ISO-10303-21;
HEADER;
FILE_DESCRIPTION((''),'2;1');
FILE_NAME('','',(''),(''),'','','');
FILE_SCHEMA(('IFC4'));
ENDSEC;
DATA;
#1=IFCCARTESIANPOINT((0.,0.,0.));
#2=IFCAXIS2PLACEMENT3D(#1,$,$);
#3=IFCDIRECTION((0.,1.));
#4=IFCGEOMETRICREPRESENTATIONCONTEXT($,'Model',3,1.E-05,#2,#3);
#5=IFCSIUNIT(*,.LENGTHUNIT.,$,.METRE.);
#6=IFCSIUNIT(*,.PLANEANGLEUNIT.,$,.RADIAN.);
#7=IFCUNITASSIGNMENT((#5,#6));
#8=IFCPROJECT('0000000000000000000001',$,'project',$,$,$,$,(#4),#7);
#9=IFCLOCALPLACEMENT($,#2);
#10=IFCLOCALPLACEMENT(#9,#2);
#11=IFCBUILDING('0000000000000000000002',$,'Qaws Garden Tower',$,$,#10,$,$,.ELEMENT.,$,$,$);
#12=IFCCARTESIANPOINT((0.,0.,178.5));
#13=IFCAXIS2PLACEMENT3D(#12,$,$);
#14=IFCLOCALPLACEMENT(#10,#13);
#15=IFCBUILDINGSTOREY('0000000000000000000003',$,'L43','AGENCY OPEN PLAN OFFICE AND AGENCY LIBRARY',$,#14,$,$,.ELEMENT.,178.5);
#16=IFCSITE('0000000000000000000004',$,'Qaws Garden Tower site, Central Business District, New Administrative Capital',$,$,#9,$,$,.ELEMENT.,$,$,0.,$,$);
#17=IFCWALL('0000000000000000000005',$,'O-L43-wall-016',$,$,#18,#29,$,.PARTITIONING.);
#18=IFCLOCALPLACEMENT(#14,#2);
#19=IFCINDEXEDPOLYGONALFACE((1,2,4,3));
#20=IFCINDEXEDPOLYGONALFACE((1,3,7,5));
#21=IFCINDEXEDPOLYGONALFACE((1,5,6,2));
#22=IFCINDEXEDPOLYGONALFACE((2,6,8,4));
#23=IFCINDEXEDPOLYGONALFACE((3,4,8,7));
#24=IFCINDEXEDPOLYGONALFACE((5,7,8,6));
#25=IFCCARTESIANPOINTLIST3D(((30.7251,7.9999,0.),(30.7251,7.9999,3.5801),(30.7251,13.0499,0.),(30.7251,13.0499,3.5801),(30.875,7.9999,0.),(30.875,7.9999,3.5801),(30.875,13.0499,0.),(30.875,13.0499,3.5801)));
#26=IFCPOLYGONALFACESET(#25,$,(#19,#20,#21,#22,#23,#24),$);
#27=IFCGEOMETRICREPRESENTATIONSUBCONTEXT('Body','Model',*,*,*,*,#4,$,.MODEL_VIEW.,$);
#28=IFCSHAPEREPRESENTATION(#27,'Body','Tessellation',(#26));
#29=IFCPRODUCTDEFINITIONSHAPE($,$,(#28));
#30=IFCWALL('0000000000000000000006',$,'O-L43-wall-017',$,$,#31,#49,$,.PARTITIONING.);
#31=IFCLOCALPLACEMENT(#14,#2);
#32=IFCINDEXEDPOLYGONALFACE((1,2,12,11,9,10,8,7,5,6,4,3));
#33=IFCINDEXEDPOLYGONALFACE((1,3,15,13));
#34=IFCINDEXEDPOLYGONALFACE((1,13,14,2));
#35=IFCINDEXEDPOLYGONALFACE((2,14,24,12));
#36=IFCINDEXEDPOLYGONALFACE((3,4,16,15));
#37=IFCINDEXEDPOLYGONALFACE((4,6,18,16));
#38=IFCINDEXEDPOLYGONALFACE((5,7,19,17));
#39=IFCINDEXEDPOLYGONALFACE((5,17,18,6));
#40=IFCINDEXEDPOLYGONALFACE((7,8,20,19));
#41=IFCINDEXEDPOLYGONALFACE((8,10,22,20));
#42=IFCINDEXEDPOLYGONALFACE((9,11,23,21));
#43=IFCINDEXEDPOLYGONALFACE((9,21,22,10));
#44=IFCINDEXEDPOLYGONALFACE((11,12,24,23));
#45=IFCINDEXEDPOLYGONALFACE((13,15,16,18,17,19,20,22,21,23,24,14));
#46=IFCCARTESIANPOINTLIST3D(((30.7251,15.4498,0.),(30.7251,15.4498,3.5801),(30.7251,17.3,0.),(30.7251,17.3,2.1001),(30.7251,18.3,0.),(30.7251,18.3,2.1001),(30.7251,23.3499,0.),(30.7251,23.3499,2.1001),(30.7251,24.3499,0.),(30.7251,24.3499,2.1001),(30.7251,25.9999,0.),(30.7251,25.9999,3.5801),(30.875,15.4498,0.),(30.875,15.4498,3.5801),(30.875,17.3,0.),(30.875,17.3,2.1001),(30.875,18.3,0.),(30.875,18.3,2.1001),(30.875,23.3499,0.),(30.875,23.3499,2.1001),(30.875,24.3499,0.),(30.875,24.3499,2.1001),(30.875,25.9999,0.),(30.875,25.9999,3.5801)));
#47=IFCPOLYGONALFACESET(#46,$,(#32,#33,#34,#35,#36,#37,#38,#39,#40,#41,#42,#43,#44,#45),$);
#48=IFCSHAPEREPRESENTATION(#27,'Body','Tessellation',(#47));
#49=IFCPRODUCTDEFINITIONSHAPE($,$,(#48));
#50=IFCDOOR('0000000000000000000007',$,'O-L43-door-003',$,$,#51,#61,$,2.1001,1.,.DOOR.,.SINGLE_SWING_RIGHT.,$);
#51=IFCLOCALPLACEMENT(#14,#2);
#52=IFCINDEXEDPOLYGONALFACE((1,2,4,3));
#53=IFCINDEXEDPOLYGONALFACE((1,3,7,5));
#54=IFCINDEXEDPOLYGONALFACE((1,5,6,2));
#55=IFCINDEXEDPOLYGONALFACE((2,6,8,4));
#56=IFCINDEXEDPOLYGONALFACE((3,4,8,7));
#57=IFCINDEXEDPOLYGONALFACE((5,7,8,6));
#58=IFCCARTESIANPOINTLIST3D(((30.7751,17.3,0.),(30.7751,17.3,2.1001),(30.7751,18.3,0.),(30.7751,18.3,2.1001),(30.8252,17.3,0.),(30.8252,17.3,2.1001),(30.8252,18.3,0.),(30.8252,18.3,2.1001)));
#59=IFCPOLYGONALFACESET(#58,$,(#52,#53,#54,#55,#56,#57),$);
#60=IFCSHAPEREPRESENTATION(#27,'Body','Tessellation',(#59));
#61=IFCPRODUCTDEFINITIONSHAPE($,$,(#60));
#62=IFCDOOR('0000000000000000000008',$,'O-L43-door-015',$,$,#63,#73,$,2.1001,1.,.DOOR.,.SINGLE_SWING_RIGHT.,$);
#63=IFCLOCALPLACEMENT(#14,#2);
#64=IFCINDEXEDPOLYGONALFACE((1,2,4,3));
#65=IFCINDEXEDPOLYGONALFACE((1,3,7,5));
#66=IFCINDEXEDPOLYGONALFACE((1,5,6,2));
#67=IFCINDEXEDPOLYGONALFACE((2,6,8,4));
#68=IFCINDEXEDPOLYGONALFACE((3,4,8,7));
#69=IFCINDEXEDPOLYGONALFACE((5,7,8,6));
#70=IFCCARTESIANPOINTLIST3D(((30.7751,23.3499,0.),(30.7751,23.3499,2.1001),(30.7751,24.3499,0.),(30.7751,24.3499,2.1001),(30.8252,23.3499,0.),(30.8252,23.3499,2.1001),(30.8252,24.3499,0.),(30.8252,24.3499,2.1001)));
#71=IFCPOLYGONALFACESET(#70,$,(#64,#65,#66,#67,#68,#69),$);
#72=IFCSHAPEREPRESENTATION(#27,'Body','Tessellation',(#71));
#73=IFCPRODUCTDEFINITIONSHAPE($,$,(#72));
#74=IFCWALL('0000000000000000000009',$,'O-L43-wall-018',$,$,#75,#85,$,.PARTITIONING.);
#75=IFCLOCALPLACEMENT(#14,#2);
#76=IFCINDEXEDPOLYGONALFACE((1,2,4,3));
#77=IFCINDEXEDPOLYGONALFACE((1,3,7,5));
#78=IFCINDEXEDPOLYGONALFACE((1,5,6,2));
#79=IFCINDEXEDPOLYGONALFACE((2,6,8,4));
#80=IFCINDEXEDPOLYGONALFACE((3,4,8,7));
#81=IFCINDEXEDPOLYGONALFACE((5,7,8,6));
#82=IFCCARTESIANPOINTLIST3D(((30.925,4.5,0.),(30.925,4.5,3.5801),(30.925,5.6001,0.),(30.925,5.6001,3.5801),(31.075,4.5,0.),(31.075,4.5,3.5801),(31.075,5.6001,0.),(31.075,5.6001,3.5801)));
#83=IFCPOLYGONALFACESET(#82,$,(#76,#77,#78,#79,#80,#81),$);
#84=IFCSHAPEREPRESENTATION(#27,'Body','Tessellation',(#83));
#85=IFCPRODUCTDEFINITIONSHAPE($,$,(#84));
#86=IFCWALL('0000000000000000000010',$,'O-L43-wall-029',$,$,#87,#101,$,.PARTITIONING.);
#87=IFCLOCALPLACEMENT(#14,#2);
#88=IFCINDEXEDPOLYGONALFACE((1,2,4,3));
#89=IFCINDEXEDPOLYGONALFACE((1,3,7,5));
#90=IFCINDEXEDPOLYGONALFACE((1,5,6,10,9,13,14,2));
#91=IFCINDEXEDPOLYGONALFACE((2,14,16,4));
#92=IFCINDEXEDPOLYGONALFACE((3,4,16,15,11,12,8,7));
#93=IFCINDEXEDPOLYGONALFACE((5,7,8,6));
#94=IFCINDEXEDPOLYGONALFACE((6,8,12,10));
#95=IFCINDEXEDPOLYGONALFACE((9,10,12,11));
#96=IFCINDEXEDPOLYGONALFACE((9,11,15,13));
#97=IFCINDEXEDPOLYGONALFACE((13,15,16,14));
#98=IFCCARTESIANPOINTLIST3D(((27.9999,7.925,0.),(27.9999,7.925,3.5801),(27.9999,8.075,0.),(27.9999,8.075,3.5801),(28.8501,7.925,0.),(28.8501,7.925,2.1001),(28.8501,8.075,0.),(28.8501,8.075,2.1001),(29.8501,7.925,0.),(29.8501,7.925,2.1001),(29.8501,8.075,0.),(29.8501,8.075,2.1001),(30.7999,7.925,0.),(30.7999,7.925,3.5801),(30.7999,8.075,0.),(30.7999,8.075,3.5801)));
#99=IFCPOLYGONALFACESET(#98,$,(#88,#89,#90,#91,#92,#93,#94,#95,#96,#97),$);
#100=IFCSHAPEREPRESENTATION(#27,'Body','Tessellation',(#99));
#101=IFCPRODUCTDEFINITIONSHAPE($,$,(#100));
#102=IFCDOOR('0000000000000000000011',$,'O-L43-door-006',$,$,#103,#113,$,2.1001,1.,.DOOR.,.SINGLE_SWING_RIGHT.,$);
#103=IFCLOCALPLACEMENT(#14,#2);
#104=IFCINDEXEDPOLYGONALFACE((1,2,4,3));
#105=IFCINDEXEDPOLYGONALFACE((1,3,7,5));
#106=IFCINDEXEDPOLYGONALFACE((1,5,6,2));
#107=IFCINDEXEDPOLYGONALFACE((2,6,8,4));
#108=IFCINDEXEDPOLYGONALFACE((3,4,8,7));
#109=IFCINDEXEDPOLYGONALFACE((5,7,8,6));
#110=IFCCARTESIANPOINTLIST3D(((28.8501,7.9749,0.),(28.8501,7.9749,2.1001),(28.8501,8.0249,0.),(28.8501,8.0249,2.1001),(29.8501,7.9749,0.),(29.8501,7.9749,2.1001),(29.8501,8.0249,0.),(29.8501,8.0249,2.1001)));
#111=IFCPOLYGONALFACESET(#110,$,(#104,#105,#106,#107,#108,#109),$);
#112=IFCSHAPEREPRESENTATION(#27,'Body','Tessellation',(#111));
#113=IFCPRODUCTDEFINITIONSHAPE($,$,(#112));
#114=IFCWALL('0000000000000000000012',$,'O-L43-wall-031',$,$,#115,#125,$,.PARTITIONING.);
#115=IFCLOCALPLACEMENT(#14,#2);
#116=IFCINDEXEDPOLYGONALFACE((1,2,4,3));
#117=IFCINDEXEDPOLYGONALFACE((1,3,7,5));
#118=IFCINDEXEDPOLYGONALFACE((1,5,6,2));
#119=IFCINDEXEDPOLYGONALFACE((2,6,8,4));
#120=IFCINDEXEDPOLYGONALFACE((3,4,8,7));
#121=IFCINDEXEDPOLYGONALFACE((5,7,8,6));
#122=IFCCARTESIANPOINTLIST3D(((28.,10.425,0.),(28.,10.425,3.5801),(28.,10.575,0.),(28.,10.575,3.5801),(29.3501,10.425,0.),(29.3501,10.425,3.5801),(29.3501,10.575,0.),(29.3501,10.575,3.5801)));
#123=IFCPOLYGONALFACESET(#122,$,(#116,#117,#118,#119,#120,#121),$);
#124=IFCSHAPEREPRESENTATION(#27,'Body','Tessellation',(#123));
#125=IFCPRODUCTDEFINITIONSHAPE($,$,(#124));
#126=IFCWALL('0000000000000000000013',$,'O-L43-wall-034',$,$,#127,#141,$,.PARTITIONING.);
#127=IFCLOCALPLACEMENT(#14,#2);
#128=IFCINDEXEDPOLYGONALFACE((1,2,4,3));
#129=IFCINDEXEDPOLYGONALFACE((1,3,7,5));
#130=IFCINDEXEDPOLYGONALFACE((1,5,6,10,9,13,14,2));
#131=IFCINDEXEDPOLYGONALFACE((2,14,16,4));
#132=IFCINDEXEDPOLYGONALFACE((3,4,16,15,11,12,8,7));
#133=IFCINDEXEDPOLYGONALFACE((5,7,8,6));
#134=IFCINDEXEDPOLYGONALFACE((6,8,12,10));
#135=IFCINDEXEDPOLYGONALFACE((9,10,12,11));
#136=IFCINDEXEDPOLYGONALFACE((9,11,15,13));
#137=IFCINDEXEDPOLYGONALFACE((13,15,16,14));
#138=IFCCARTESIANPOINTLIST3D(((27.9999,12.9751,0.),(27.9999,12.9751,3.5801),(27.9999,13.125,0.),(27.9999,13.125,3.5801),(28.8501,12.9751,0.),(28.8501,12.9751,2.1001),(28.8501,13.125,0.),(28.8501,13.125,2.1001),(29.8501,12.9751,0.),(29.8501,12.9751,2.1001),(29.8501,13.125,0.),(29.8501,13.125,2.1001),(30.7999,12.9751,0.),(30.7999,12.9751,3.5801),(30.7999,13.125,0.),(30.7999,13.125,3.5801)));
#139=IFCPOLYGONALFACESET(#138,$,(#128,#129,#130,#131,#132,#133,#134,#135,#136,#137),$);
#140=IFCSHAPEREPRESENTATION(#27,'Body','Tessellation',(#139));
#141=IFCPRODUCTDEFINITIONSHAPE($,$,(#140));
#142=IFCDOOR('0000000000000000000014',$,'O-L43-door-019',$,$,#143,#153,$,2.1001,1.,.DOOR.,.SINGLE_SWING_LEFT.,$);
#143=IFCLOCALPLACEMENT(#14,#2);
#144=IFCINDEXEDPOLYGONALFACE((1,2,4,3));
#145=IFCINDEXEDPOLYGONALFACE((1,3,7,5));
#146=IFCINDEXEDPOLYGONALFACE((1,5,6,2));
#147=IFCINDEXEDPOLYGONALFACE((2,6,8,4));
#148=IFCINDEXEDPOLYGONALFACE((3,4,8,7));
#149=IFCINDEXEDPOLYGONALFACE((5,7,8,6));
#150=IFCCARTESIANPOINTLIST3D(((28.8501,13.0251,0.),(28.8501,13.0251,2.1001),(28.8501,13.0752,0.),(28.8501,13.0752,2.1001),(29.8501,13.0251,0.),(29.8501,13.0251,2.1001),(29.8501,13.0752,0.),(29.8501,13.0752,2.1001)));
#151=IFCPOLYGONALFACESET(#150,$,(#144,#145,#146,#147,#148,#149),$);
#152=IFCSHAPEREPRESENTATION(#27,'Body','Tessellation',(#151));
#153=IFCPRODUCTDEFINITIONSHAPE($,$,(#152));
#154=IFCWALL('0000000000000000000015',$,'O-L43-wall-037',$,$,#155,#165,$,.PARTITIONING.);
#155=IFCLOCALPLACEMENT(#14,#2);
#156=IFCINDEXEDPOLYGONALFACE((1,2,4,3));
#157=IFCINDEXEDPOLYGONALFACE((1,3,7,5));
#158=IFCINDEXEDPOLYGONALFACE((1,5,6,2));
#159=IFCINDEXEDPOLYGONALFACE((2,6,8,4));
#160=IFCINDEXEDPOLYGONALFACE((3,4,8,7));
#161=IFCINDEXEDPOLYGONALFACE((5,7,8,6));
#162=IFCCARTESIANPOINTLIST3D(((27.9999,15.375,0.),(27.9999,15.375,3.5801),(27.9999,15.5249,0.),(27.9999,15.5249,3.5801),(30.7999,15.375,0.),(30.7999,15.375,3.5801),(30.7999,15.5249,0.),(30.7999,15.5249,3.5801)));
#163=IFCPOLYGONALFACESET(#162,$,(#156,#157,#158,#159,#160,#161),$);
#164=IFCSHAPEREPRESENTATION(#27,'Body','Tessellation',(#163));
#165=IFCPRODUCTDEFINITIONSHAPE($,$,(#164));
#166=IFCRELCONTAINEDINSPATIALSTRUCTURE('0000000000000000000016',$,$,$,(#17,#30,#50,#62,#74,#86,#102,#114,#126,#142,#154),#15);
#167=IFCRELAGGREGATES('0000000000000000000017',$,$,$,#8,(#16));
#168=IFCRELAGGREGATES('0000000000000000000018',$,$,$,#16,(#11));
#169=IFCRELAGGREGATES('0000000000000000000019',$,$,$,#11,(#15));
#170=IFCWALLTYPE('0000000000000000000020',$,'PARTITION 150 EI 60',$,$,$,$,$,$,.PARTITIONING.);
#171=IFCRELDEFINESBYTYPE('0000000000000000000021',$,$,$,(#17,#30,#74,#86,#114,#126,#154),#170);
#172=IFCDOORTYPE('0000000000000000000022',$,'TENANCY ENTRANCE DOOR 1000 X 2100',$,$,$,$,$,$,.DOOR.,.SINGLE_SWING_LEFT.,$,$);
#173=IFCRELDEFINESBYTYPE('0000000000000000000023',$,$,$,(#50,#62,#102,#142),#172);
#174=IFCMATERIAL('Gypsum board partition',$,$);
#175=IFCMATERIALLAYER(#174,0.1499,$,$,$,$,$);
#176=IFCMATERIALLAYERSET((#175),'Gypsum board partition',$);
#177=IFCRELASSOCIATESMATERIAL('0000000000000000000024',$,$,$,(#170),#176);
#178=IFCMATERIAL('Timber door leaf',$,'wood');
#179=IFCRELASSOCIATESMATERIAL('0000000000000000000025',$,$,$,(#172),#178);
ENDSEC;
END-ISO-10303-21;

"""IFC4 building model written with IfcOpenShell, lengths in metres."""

from ifc_helpers import new_model, si_unit, direction, frame, frame_2d, origin, place, context, subcontext, project, spatial, rectangle, extrude, material, layer, layer_set, type_object, element, fill, save


model = new_model("IFC4")

# Units and contexts
model_context = context("Model", 3, precision=1e-05, world=origin(), true_north=direction((0.0, 1.0)))
body_context = subcontext(model_context, "Body", "Model", "MODEL_VIEW")
ifc_project = project(units=[si_unit("LENGTHUNIT", "METRE"), si_unit("PLANEANGLEUNIT", "RADIAN")], contexts=[model_context])

# Site, building, storey
site_placement = place(None, origin())
site = spatial("IfcSite", under=ifc_project, at=site_placement, Name="Qaws Garden Tower site, Central Business District, New Administrative Capital", CompositionType="ELEMENT", RefElevation=0.0)
building_placement = place(site_placement, origin())
building = spatial("IfcBuilding", under=site, at=building_placement, Name="Qaws Garden Tower", CompositionType="ELEMENT")
storey_placement = place(building_placement, frame((0.0, 0.0, 178.5)))
storey = spatial("IfcBuildingStorey", under=building, at=storey_placement, Name="L43", Description="AGENCY OPEN PLAN OFFICE AND AGENCY LIBRARY", CompositionType="ELEMENT", Elevation=178.5)

# Wall
ifc_material_1 = material(Name="Gypsum board partition")
ifc_layer_1 = layer(ifc_material_1, 0.1499)
ifc_layer_set_1 = layer_set([ifc_layer_1], Name="Gypsum board partition")
wall_type_1 = type_object("IfcWallType", Name="PARTITION 150 EI 60", PredefinedType="PARTITIONING", material=ifc_layer_set_1)
wall_1_placement = place(storey_placement, frame((30.8, 8.0, 0.0), z_axis=(0.0, 0.0, 1.0), x_axis=(0.0, 1.0, 0.0)))
element("IfcWall", 1, at=wall_1_placement, inside=storey, type_object=wall_type_1, Name="O-L43-wall-016", PredefinedType="PARTITIONING", context=body_context, shape_type="SweptSolid", body=[
    extrude(rectangle(XDim=5.05, YDim=0.1499, at=frame_2d((2.5249, 0.0))), origin(), (0.0, 0.0, 1.0), 3.5801),
])

# Wall, openings, doors
wall_2_placement = place(storey_placement, frame((30.8, 15.45, 0.0), z_axis=(0.0, 0.0, 1.0), x_axis=(0.0, 1.0, 0.0)))
wall_2 = element("IfcWall", 2, at=wall_2_placement, inside=storey, type_object=wall_type_1, Name="O-L43-wall-017", PredefinedType="PARTITIONING", context=body_context, shape_type="SweptSolid", body=[
    extrude(rectangle(XDim=10.55, YDim=0.1499, at=frame_2d((5.2749, 0.0))), origin(), (0.0, 0.0, 1.0), 3.5801),
])
opening_1_placement = place(wall_2_placement, frame((1.8501, 0.0, 0.0)))
opening_1 = element("IfcOpeningElement", 3, at=opening_1_placement, cuts=wall_2, PredefinedType="OPENING", context=body_context, shape_type="SweptSolid", body=[
    extrude(rectangle(XDim=1.0, YDim=2.1001, at=frame_2d((0.5, 1.05))), frame((0.0, 0.085, 0.0), z_axis=(0.0, -1.0, 0.0), x_axis=(1.0, 0.0, 0.0)), (0.0, 0.0, 1.0), 0.1699),
])
opening_2_placement = place(wall_2_placement, frame((7.8999, 0.0, 0.0)))
opening_2 = element("IfcOpeningElement", 4, at=opening_2_placement, cuts=wall_2, PredefinedType="OPENING", context=body_context, shape_type="SweptSolid", body=[
    extrude(rectangle(XDim=1.0, YDim=2.1001, at=frame_2d((0.5, 1.05))), frame((0.0, 0.085, 0.0), z_axis=(0.0, -1.0, 0.0), x_axis=(1.0, 0.0, 0.0)), (0.0, 0.0, 1.0), 0.1699),
])
ifc_material_2 = material(Name="Timber door leaf", Category="wood")
door_type_1 = type_object("IfcDoorType", Name="TENANCY ENTRANCE DOOR 1000 X 2100", OperationType="SINGLE_SWING_LEFT", PredefinedType="DOOR", material=ifc_material_2)
door_1_placement = place(opening_1_placement, origin())
door_1 = element("IfcDoor", 5, at=door_1_placement, inside=storey, type_object=door_type_1, Name="O-L43-door-003", OperationType="SINGLE_SWING_RIGHT", OverallHeight=2.1001, OverallWidth=1.0, PredefinedType="DOOR", context=body_context, shape_type="SweptSolid", body=[
    extrude(rectangle(XDim=1.0, YDim=2.1001, at=frame_2d((0.5, 1.05))), frame((0.0, 0.0249, 0.0), z_axis=(0.0, -1.0, 0.0), x_axis=(1.0, 0.0, 0.0)), (0.0, 0.0, 1.0), 0.05),
])
fill(opening_1, door_1)
door_2_placement = place(opening_2_placement, origin())
door_2 = element("IfcDoor", 6, at=door_2_placement, inside=storey, type_object=door_type_1, Name="O-L43-door-015", OperationType="SINGLE_SWING_RIGHT", OverallHeight=2.1001, OverallWidth=1.0, PredefinedType="DOOR", context=body_context, shape_type="SweptSolid", body=[
    extrude(rectangle(XDim=1.0, YDim=2.1001, at=frame_2d((0.5, 1.05))), frame((0.0, 0.0249, 0.0), z_axis=(0.0, -1.0, 0.0), x_axis=(1.0, 0.0, 0.0)), (0.0, 0.0, 1.0), 0.05),
])
fill(opening_2, door_2)

# Wall
wall_3_placement = place(storey_placement, frame((31.0, 4.5, 0.0), z_axis=(0.0, 0.0, 1.0), x_axis=(0.0, 1.0, 0.0)))
element("IfcWall", 7, at=wall_3_placement, inside=storey, type_object=wall_type_1, Name="O-L43-wall-018", PredefinedType="PARTITIONING", context=body_context, shape_type="SweptSolid", body=[
    extrude(rectangle(XDim=1.1001, YDim=0.1499, at=frame_2d((0.55, 0.0))), origin(), (0.0, 0.0, 1.0), 3.5801),
])

# Wall, opening, door
wall_4_placement = place(storey_placement, frame((28.0, 8.0, 0.0), z_axis=(0.0, 0.0, 1.0), x_axis=(1.0, 0.0, 0.0)))
wall_4 = element("IfcWall", 8, at=wall_4_placement, inside=storey, type_object=wall_type_1, Name="O-L43-wall-029", PredefinedType="PARTITIONING", context=body_context, shape_type="SweptSolid", body=[
    extrude(rectangle(XDim=2.8, YDim=0.1499, at=frame_2d((1.3999, 0.0))), origin(), (0.0, 0.0, 1.0), 3.5801),
])
opening_3_placement = place(wall_4_placement, frame((0.8501, 0.0, 0.0)))
opening_3 = element("IfcOpeningElement", 9, at=opening_3_placement, cuts=wall_4, PredefinedType="OPENING", context=body_context, shape_type="SweptSolid", body=[
    extrude(rectangle(XDim=1.0, YDim=2.1001, at=frame_2d((0.5, 1.05))), frame((0.0, 0.085, 0.0), z_axis=(0.0, -1.0, 0.0), x_axis=(1.0, 0.0, 0.0)), (0.0, 0.0, 1.0), 0.1699),
])
door_3_placement = place(opening_3_placement, origin())
door_3 = element("IfcDoor", 10, at=door_3_placement, inside=storey, type_object=door_type_1, Name="O-L43-door-006", OperationType="SINGLE_SWING_RIGHT", OverallHeight=2.1001, OverallWidth=1.0, PredefinedType="DOOR", context=body_context, shape_type="SweptSolid", body=[
    extrude(rectangle(XDim=1.0, YDim=2.1001, at=frame_2d((0.5, 1.05))), frame((0.0, 0.0249, 0.0), z_axis=(0.0, -1.0, 0.0), x_axis=(1.0, 0.0, 0.0)), (0.0, 0.0, 1.0), 0.05),
])
fill(opening_3, door_3)

# Wall
wall_5_placement = place(storey_placement, frame((28.0, 10.5, 0.0), z_axis=(0.0, 0.0, 1.0), x_axis=(1.0, 0.0, 0.0)))
element("IfcWall", 11, at=wall_5_placement, inside=storey, type_object=wall_type_1, Name="O-L43-wall-031", PredefinedType="PARTITIONING", context=body_context, shape_type="SweptSolid", body=[
    extrude(rectangle(XDim=1.3501, YDim=0.1499, at=frame_2d((0.675, 0.0))), origin(), (0.0, 0.0, 1.0), 3.5801),
])

# Wall, opening, door
wall_6_placement = place(storey_placement, frame((28.0, 13.05, 0.0), z_axis=(0.0, 0.0, 1.0), x_axis=(1.0, 0.0, 0.0)))
wall_6 = element("IfcWall", 12, at=wall_6_placement, inside=storey, type_object=wall_type_1, Name="O-L43-wall-034", PredefinedType="PARTITIONING", context=body_context, shape_type="SweptSolid", body=[
    extrude(rectangle(XDim=2.8, YDim=0.1499, at=frame_2d((1.3999, 0.0))), origin(), (0.0, 0.0, 1.0), 3.5801),
])
opening_4_placement = place(wall_6_placement, frame((0.8501, 0.0, 0.0)))
opening_4 = element("IfcOpeningElement", 13, at=opening_4_placement, cuts=wall_6, PredefinedType="OPENING", context=body_context, shape_type="SweptSolid", body=[
    extrude(rectangle(XDim=1.0, YDim=2.1001, at=frame_2d((0.5, 1.05))), frame((0.0, 0.085, 0.0), z_axis=(0.0, -1.0, 0.0), x_axis=(1.0, 0.0, 0.0)), (0.0, 0.0, 1.0), 0.1699),
])
door_4_placement = place(opening_4_placement, frame((1.0, 0.0, 0.0), z_axis=(0.0, 0.0, 1.0), x_axis=(-1.0, 0.0, 0.0)))
door_4 = element("IfcDoor", 14, at=door_4_placement, inside=storey, type_object=door_type_1, Name="O-L43-door-019", OperationType="SINGLE_SWING_LEFT", OverallHeight=2.1001, OverallWidth=1.0, PredefinedType="DOOR", context=body_context, shape_type="SweptSolid", body=[
    extrude(rectangle(XDim=1.0, YDim=2.1001, at=frame_2d((0.5, 1.05))), frame((0.0, 0.0249, 0.0), z_axis=(0.0, -1.0, 0.0), x_axis=(1.0, 0.0, 0.0)), (0.0, 0.0, 1.0), 0.05),
])
fill(opening_4, door_4)

# Wall
wall_7_placement = place(storey_placement, frame((28.0, 15.45, 0.0), z_axis=(0.0, 0.0, 1.0), x_axis=(1.0, 0.0, 0.0)))
element("IfcWall", 15, at=wall_7_placement, inside=storey, type_object=wall_type_1, Name="O-L43-wall-037", PredefinedType="PARTITIONING", context=body_context, shape_type="SweptSolid", body=[
    extrude(rectangle(XDim=2.8, YDim=0.1499, at=frame_2d((1.3999, 0.0))), origin(), (0.0, 0.0, 1.0), 3.5801),
])

save(model, "model.ifc")
